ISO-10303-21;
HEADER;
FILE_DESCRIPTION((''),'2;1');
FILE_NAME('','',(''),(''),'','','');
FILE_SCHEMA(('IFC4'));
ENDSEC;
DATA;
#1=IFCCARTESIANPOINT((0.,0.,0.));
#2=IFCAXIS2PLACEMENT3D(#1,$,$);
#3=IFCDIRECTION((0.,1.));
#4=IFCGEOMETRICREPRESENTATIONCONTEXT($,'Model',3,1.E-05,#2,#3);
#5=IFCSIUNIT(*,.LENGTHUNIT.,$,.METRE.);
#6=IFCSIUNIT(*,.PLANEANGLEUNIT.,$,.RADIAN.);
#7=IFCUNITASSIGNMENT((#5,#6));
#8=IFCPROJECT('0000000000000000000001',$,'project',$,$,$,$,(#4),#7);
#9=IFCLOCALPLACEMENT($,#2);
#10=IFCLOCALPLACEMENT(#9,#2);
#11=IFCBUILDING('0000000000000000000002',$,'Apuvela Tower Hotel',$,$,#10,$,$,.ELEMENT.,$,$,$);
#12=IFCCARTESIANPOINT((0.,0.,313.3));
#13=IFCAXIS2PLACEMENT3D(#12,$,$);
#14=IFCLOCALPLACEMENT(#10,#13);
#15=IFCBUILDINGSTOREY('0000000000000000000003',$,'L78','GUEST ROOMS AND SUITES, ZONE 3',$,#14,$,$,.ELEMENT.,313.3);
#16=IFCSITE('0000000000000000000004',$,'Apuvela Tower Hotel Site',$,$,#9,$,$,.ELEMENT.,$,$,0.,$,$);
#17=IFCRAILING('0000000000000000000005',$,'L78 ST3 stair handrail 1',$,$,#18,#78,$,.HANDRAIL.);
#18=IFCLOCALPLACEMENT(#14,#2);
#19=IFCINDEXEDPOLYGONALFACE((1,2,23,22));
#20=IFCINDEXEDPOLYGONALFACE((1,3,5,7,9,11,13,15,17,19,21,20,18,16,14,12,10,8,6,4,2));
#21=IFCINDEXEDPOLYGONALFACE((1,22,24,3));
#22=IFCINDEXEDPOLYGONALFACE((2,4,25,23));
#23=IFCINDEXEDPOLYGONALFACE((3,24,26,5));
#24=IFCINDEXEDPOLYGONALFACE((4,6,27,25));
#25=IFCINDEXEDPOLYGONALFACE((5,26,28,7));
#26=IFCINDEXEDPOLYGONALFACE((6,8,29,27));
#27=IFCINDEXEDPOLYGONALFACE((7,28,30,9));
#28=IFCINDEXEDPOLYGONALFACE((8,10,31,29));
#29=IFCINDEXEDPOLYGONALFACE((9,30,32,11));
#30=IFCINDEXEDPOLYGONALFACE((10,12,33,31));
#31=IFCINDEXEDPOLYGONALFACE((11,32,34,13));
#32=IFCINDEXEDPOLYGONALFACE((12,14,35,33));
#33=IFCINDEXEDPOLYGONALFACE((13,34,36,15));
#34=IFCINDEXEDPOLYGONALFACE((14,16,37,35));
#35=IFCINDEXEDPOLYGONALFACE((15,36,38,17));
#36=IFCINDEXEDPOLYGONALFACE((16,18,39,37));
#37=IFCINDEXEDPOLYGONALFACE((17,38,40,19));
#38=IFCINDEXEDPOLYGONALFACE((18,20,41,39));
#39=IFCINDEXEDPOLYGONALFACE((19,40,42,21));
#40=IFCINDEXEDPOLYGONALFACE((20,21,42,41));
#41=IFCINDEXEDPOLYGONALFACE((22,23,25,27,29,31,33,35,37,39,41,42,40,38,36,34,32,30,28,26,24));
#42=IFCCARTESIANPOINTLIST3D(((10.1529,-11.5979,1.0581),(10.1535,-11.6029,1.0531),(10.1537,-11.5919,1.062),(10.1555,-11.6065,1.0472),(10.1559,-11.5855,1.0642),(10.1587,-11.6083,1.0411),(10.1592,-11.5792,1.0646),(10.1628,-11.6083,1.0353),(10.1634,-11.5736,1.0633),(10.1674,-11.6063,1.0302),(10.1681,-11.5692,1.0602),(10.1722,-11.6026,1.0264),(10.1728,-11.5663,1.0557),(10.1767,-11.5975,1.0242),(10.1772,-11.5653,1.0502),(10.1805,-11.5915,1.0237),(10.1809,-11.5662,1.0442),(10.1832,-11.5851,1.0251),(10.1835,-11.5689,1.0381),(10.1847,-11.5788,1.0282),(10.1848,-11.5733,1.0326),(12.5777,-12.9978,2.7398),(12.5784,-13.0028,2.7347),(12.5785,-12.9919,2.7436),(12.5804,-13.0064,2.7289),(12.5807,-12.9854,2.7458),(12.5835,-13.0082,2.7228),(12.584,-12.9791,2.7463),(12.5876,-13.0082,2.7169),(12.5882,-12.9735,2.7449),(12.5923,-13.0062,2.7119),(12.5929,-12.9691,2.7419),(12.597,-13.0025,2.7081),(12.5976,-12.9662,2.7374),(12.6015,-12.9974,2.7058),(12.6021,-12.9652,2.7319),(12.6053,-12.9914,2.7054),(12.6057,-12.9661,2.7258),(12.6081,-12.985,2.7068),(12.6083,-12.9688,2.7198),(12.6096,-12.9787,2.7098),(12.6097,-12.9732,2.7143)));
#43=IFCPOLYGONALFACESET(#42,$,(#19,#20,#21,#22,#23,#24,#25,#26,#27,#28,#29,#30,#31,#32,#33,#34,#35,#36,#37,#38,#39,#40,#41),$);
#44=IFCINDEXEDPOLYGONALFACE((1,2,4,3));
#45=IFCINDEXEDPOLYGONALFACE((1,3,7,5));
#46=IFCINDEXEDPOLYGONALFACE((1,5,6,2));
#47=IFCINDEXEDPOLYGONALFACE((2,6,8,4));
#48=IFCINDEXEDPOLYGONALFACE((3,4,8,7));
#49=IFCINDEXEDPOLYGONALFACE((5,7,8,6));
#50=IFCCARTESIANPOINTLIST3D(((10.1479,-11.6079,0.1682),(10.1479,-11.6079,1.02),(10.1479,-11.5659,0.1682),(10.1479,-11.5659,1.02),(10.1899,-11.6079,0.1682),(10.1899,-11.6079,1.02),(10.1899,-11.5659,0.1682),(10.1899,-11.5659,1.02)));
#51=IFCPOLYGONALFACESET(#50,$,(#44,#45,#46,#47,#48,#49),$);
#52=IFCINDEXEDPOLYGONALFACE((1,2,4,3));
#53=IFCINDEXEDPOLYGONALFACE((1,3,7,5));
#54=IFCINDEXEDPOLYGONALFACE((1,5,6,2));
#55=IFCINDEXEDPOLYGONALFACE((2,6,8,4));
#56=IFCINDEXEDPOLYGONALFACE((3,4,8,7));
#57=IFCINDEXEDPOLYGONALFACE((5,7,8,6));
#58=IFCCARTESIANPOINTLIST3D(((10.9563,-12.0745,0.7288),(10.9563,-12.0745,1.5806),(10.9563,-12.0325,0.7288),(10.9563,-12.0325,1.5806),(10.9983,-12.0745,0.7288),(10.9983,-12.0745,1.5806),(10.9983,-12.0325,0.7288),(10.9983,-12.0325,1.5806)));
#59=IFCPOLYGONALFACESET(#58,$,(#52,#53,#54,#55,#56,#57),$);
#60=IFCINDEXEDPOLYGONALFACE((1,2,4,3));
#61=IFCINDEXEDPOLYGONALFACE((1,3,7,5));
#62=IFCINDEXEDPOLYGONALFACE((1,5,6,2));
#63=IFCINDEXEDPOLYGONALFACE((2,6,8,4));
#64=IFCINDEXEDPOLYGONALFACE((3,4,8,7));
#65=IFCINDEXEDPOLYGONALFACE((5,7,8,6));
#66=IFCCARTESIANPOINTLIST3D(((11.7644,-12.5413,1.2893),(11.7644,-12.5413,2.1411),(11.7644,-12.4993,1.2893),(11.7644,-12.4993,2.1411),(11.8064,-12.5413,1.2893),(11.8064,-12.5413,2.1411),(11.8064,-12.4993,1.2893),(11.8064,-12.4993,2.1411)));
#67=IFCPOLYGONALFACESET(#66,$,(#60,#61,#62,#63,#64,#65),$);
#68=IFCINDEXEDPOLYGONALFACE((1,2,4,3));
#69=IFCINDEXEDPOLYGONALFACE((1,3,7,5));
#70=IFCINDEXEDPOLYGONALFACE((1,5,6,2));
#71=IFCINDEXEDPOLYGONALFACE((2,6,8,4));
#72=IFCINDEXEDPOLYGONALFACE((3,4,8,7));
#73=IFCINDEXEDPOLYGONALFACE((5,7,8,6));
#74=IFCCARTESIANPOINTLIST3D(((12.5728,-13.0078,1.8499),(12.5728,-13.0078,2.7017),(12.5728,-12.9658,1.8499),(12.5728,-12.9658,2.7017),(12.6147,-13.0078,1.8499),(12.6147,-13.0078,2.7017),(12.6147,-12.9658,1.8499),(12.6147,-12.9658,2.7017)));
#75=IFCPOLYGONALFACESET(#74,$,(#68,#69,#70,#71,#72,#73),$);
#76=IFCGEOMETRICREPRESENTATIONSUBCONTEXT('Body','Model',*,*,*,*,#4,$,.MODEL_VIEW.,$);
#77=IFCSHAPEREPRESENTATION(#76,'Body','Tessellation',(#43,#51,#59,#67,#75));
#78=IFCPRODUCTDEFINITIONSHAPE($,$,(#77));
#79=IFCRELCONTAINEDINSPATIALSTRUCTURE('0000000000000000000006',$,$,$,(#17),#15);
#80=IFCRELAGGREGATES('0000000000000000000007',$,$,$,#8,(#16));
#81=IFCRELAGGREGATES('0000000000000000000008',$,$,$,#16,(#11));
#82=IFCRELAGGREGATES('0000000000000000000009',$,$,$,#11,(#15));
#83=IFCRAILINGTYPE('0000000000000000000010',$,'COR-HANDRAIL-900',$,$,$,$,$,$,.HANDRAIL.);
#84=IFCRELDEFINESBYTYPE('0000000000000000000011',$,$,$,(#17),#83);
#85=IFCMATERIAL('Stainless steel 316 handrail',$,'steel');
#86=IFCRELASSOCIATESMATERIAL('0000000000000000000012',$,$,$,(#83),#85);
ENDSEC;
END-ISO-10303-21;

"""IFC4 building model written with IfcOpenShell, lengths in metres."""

from ifc_helpers import new_model, si_unit, direction, frame, origin, origin_2d, place, context, subcontext, project, spatial, rectangle, circle, extrude, material, type_object, element, save


model = new_model("IFC4")

# Units and contexts
model_context = context("Model", 3, precision=1e-05, world=origin(), true_north=direction((0.0, 1.0)))
body_context = subcontext(model_context, "Body", "Model", "MODEL_VIEW")
ifc_project = project(units=[si_unit("LENGTHUNIT", "METRE"), si_unit("PLANEANGLEUNIT", "RADIAN")], contexts=[model_context])

# Site, building, storey
site_placement = place(None, origin())
site = spatial("IfcSite", under=ifc_project, at=site_placement, Name="Apuvela Tower Hotel Site", CompositionType="ELEMENT", RefElevation=0.0)
building_placement = place(site_placement, origin())
building = spatial("IfcBuilding", under=site, at=building_placement, Name="Apuvela Tower Hotel", CompositionType="ELEMENT")
storey_placement = place(building_placement, frame((0.0, 0.0, 313.3)))
storey = spatial("IfcBuildingStorey", under=building, at=storey_placement, Name="L78", Description="GUEST ROOMS AND SUITES, ZONE 3", CompositionType="ELEMENT", Elevation=313.3)

# Railing
ifc_material_1 = material(Name="Stainless steel 316 handrail", Category="steel")
railing_type_1 = type_object("IfcRailingType", Name="COR-HANDRAIL-900", PredefinedType="HANDRAIL", material=ifc_material_1)
railing_1_placement = place(storey_placement, frame((10.1689, -11.5869, 0.1682)))
element("IfcRailing", 1, at=railing_1_placement, inside=storey, type_object=railing_type_1, Name="L78 ST3 stair handrail 1", PredefinedType="HANDRAIL", context=body_context, shape_type="SweptSolid", body=[
    extrude(circle(Radius=0.0239, at=origin_2d()), frame((0.0, 0.0, 0.876), z_axis=(0.742419, -0.428618, 0.514879), x_axis=(0.499984, 0.866035, 0.0)), (0.0, 0.0, 1.0), 3.2661),
    extrude(rectangle(XDim=0.042, YDim=0.042, at=origin_2d()), origin(), (0.0, 0.0, 1.0), 0.8518),
    extrude(rectangle(XDim=0.042, YDim=0.042, at=origin_2d()), frame((0.8083, -0.4666, 0.5605)), (0.0, 0.0, 1.0), 0.8518),
    extrude(rectangle(XDim=0.042, YDim=0.042, at=origin_2d()), frame((1.6165, -0.9333, 1.1211)), (0.0, 0.0, 1.0), 0.8518),
    extrude(rectangle(XDim=0.042, YDim=0.042, at=origin_2d()), frame((2.4248, -1.3999, 1.6816)), (0.0, 0.0, 1.0), 0.8518),
])

save(model, "model.ifc")
